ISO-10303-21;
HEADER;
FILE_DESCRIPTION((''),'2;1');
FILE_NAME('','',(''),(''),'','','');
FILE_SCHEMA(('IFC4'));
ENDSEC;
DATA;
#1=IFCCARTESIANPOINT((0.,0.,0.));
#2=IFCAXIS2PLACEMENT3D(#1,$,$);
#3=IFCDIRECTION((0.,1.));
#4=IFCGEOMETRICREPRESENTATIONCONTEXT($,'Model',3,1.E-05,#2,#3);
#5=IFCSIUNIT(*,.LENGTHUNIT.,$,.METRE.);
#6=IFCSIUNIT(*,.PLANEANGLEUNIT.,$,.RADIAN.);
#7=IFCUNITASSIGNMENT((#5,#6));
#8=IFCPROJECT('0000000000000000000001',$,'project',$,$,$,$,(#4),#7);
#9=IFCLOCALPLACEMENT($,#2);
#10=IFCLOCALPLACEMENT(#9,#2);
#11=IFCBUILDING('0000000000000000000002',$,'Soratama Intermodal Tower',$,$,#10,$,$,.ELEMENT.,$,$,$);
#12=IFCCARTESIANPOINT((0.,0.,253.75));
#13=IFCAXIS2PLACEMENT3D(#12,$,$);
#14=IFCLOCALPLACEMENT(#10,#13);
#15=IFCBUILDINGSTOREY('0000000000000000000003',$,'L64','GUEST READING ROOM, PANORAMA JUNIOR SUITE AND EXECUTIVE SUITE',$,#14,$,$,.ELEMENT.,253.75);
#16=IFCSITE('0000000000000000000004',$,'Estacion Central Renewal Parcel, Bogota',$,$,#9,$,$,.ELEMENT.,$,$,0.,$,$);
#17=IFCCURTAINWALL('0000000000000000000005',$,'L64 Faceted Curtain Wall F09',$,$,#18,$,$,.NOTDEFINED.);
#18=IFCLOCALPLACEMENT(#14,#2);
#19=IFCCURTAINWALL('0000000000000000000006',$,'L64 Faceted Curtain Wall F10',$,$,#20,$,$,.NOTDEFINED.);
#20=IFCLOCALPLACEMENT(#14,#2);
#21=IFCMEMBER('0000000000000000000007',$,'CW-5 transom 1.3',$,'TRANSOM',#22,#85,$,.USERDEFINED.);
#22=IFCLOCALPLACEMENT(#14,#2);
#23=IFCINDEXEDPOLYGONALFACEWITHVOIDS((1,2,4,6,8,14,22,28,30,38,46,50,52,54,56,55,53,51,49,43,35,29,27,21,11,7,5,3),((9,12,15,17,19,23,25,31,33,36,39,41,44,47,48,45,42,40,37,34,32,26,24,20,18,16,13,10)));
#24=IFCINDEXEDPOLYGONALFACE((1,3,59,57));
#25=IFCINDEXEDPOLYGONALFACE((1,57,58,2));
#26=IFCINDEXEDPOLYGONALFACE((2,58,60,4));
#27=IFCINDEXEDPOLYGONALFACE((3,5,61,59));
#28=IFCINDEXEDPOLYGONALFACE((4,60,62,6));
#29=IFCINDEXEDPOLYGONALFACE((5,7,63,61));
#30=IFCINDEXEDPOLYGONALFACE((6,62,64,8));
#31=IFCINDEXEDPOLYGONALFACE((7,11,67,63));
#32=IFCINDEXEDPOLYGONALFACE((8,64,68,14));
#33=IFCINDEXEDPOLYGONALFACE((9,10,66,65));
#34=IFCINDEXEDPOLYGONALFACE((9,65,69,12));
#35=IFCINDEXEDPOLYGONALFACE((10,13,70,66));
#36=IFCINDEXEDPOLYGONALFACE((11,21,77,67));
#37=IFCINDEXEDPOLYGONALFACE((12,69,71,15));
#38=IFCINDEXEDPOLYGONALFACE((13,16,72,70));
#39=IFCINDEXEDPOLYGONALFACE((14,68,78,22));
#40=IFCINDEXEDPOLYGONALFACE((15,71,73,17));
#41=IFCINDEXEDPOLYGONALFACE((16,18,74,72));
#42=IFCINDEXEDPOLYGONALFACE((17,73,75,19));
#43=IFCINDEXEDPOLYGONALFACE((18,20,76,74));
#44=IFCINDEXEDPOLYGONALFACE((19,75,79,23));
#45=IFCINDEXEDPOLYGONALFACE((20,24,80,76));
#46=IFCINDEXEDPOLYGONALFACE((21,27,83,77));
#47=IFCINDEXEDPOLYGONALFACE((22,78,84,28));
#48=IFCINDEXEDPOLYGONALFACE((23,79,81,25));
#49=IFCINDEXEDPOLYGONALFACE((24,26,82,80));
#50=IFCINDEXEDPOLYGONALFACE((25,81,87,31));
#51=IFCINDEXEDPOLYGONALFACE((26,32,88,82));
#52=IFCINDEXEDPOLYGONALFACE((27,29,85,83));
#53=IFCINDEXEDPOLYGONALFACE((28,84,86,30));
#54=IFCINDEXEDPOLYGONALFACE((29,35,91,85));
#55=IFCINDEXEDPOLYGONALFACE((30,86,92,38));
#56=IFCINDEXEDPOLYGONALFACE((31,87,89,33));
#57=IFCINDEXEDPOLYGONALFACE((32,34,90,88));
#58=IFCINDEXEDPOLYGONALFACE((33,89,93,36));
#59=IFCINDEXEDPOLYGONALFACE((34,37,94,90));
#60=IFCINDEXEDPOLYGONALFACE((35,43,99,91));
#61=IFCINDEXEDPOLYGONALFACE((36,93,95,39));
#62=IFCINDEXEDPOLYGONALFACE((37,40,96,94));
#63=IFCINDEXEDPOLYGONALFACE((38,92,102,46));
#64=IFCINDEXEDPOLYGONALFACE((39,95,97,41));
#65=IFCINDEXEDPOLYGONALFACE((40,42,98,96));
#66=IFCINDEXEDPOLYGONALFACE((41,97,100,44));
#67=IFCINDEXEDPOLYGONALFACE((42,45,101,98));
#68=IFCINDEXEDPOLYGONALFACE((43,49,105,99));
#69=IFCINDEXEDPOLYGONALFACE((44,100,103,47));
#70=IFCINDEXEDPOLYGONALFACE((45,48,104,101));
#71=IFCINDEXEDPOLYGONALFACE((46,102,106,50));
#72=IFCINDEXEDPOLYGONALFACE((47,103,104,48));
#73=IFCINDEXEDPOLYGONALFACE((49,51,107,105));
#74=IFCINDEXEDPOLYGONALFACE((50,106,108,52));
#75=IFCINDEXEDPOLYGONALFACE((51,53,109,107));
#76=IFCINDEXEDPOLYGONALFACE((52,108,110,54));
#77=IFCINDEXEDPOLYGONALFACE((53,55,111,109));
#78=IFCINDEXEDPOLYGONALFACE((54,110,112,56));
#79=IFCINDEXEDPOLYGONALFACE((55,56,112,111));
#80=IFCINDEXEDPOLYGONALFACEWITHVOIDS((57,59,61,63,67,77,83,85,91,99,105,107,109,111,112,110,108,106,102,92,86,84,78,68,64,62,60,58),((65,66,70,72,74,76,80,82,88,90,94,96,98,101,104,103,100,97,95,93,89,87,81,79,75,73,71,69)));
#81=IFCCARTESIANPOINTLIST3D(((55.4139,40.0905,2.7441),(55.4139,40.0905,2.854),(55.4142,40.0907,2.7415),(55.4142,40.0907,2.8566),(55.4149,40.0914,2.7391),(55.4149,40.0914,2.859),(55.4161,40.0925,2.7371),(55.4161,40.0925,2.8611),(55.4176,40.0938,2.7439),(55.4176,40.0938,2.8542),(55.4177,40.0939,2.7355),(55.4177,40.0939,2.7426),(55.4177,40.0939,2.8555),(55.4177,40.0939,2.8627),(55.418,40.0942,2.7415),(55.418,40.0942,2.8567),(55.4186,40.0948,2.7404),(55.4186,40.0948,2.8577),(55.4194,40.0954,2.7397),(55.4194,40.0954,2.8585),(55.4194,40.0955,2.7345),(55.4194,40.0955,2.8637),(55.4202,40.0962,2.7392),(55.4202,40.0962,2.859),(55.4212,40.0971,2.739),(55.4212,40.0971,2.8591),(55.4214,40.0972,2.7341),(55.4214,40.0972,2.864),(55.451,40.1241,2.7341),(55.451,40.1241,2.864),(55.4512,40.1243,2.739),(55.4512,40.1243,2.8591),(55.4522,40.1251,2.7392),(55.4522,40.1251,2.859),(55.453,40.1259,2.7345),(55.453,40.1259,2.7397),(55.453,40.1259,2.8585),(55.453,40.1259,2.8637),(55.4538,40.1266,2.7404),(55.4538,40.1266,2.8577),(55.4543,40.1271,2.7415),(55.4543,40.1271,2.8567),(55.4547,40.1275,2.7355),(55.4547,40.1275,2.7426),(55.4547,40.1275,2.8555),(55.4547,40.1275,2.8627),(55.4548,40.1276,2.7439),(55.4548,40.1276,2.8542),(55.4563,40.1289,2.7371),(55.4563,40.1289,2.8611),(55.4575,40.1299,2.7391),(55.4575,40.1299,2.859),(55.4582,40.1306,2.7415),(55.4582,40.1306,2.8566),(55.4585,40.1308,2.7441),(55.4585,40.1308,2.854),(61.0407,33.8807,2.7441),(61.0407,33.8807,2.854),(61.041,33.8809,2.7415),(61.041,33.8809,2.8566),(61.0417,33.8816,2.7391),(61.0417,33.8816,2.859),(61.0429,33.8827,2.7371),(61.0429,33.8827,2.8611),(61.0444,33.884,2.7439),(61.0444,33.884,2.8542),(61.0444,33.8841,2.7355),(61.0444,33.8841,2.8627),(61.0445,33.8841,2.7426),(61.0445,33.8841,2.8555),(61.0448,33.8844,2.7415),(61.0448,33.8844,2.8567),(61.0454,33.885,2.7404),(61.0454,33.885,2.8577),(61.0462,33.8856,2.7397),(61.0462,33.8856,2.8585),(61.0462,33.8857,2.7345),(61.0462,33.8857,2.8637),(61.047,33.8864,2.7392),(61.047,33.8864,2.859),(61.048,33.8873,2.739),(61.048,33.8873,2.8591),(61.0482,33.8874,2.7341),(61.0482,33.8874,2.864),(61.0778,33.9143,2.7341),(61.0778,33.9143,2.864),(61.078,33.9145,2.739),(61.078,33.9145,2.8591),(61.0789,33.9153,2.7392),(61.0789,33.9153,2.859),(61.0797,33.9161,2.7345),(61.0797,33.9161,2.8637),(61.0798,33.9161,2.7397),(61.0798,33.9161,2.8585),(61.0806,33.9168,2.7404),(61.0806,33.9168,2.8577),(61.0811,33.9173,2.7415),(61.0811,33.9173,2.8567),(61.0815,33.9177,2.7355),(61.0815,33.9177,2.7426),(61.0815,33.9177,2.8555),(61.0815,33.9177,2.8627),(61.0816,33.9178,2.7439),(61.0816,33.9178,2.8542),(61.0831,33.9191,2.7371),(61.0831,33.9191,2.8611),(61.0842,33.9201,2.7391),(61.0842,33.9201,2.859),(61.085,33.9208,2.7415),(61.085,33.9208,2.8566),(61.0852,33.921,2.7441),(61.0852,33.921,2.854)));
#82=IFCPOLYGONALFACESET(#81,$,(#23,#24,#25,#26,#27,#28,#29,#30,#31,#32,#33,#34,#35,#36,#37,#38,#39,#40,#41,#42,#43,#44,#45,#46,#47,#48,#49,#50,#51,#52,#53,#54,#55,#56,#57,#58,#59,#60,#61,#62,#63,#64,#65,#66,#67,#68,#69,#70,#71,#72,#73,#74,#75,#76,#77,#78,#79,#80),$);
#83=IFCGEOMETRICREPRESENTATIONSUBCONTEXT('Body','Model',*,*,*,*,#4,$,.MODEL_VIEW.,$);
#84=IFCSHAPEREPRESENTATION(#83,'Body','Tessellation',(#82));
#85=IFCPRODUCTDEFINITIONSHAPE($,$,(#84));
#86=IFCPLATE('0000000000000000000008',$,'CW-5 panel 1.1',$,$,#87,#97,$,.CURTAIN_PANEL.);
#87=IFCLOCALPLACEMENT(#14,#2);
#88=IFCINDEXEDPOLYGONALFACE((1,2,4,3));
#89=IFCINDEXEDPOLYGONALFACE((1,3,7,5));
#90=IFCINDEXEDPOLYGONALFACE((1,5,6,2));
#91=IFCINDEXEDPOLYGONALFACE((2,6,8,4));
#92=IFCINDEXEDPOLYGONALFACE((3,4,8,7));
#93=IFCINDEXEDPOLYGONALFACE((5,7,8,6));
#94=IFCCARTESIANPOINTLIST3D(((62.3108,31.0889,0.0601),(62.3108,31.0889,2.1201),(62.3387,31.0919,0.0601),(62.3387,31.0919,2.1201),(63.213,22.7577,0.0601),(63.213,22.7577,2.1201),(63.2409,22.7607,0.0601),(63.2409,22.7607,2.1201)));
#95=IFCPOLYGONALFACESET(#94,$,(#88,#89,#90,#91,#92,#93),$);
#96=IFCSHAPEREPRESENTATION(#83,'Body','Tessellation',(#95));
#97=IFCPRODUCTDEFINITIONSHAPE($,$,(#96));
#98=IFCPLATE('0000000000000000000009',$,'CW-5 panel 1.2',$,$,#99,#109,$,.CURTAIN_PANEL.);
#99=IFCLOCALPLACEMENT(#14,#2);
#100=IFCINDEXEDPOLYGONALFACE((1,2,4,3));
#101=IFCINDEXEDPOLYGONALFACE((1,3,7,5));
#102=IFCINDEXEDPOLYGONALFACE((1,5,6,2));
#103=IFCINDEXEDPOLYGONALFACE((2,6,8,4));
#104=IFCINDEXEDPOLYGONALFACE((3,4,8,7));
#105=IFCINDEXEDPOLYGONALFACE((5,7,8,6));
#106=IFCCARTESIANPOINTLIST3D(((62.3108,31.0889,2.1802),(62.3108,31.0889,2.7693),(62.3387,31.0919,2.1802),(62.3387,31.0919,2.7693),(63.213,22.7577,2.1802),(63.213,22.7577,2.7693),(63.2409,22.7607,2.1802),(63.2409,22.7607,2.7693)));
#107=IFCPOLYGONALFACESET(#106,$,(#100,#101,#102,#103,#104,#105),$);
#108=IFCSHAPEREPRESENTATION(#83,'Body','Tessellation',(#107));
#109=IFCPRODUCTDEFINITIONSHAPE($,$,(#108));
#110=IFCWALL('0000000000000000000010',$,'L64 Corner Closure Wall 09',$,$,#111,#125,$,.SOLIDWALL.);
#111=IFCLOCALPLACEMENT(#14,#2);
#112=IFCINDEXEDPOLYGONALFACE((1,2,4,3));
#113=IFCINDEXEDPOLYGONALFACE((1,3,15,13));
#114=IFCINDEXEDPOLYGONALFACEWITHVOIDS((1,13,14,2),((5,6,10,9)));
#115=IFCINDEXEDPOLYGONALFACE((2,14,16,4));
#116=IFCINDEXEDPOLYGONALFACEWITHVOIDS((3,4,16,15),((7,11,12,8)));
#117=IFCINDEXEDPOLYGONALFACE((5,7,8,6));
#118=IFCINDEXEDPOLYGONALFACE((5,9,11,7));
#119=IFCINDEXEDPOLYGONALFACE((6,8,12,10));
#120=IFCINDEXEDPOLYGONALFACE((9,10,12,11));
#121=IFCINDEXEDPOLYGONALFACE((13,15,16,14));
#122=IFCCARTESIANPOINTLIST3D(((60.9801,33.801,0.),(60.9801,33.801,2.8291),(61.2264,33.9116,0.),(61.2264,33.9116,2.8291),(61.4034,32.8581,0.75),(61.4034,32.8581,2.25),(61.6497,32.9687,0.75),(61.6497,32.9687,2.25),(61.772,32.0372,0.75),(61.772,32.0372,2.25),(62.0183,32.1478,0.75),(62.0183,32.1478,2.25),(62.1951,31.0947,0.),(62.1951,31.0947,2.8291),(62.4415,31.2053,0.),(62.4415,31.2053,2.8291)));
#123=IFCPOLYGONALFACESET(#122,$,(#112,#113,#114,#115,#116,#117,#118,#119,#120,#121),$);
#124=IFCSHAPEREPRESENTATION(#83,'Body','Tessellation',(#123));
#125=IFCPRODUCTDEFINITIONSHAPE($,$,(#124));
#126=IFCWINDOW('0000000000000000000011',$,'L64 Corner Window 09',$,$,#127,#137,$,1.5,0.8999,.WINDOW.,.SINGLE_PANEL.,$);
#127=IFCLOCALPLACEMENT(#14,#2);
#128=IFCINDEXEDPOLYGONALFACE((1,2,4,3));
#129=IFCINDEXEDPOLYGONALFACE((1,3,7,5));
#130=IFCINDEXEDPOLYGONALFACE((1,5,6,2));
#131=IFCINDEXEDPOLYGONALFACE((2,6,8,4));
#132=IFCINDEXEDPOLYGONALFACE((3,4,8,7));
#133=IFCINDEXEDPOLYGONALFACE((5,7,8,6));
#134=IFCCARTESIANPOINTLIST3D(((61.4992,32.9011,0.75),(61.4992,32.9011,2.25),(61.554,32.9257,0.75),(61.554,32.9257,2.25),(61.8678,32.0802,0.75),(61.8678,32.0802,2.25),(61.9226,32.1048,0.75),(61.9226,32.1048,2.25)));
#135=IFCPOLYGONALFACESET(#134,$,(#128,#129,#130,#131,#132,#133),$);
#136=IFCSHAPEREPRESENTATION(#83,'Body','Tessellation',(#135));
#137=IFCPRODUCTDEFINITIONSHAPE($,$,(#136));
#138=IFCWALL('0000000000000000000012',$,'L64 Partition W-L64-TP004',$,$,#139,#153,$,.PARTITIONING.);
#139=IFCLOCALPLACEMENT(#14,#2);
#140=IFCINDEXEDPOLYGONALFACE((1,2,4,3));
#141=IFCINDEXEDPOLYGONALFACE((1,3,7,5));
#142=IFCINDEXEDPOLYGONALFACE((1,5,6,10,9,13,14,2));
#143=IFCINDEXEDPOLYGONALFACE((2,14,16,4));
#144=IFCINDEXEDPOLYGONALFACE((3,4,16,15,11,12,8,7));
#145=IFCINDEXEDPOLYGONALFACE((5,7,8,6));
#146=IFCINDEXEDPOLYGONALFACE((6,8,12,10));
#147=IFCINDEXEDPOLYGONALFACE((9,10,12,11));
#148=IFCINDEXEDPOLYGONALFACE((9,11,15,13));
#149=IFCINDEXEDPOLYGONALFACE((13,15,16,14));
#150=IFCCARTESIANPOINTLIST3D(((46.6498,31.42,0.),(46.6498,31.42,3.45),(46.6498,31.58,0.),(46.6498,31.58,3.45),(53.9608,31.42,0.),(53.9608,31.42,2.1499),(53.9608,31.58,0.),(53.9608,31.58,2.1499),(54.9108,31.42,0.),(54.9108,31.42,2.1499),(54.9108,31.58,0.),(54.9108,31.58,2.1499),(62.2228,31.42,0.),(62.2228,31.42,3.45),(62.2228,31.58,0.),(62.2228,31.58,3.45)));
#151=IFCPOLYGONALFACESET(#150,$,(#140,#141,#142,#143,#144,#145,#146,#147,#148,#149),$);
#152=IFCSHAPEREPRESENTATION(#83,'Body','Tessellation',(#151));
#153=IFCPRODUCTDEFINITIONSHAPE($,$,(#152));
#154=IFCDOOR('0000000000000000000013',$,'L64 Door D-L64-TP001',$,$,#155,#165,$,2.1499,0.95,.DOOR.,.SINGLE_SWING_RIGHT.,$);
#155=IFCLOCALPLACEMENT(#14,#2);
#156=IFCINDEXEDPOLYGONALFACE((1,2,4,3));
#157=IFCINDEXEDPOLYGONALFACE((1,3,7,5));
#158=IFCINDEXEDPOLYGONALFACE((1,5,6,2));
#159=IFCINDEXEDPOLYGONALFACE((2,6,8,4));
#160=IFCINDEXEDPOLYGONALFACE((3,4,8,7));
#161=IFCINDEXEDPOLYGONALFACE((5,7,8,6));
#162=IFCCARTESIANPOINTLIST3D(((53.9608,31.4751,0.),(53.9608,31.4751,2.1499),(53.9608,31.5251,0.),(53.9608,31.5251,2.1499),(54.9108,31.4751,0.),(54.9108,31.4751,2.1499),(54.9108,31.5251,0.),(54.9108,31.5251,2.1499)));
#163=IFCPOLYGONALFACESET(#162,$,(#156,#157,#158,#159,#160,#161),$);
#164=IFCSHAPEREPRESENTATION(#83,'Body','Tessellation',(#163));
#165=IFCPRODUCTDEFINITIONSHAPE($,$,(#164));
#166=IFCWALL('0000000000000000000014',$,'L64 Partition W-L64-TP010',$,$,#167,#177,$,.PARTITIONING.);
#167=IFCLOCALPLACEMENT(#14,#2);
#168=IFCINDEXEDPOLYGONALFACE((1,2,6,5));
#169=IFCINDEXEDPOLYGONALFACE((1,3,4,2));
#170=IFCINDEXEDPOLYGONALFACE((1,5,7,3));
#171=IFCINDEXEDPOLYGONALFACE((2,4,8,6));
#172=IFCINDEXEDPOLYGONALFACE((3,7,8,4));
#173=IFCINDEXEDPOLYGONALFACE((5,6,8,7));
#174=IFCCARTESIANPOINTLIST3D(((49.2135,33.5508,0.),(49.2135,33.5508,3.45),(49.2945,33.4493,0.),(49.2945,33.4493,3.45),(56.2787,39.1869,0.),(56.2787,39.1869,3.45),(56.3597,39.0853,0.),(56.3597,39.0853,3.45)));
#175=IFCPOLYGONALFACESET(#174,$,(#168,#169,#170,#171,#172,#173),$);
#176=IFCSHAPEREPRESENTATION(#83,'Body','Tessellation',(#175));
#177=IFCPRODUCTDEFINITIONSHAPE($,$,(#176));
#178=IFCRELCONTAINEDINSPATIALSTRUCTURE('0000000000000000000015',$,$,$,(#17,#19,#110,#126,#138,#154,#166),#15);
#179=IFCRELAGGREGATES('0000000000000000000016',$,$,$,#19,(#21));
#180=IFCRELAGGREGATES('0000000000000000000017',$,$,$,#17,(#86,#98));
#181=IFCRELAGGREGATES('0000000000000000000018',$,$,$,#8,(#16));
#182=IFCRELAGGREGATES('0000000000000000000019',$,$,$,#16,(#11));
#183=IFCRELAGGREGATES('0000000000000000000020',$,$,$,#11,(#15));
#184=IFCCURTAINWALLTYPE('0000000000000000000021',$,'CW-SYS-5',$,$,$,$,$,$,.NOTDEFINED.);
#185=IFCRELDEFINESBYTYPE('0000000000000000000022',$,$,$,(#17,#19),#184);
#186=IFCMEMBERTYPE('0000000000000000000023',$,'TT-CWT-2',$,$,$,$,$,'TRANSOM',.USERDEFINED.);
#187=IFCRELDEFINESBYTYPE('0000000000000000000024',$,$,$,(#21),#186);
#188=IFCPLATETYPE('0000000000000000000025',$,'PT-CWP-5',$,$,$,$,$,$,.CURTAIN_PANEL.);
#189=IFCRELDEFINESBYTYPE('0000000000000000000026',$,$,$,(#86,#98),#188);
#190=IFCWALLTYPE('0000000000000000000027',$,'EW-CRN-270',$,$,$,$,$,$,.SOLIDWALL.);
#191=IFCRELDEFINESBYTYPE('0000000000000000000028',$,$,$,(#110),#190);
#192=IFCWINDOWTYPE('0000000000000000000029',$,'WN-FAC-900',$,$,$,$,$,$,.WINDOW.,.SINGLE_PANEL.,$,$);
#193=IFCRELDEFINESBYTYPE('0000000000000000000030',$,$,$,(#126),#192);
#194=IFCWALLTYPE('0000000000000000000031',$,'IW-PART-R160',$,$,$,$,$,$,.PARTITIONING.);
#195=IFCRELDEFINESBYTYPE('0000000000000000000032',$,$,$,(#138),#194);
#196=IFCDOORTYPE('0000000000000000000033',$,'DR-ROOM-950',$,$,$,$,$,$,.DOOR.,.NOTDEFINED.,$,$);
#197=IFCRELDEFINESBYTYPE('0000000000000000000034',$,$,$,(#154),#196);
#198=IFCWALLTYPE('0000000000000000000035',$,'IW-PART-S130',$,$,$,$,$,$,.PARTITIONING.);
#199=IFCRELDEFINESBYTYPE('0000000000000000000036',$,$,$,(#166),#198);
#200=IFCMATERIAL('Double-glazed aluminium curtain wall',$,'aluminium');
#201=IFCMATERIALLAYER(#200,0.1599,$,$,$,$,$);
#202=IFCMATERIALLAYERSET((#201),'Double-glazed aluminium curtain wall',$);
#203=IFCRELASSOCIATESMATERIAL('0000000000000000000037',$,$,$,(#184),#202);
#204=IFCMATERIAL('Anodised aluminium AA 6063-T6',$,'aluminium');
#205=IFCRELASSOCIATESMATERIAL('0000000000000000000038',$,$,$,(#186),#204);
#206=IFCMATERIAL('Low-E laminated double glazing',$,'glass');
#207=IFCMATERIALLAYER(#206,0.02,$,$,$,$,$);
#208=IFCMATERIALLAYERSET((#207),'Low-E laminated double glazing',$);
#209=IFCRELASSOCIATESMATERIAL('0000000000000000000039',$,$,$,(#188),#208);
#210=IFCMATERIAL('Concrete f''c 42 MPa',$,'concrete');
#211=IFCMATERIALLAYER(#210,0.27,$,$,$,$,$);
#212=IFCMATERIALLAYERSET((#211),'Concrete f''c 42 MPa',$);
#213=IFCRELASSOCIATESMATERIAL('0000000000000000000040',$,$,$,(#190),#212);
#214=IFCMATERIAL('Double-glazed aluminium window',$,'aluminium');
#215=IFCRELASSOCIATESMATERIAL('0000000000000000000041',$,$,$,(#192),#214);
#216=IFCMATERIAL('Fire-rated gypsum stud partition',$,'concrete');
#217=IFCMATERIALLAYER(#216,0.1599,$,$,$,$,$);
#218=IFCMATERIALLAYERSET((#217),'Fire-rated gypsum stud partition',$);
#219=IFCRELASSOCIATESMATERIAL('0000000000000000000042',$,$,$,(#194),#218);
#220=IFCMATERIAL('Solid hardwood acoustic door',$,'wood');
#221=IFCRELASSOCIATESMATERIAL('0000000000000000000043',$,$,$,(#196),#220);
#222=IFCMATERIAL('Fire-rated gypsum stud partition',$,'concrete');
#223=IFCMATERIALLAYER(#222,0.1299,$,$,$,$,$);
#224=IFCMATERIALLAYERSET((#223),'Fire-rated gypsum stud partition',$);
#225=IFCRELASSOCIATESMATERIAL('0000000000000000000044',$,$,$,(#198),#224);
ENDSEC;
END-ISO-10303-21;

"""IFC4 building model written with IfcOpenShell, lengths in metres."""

from ifc_helpers import new_model, si_unit, direction, frame, frame_2d, origin, origin_2d, place, context, subcontext, project, spatial, rectangle, hollow_rectangle, extrude, material, layer, layer_set, material_profile, profile_set, type_object, element, fill, aggregate, save


model = new_model("IFC4")

# Units and contexts
model_context = context("Model", 3, precision=1e-05, world=origin(), true_north=direction((0.0, 1.0)))
body_context = subcontext(model_context, "Body", "Model", "MODEL_VIEW")
ifc_project = project(units=[si_unit("LENGTHUNIT", "METRE"), si_unit("PLANEANGLEUNIT", "RADIAN")], contexts=[model_context])

# Site, building, storey
site_placement = place(None, origin())
site = spatial("IfcSite", under=ifc_project, at=site_placement, Name="Estacion Central Renewal Parcel, Bogota", CompositionType="ELEMENT", RefElevation=0.0)
building_placement = place(site_placement, origin())
building = spatial("IfcBuilding", under=site, at=building_placement, Name="Soratama Intermodal Tower", CompositionType="ELEMENT")
storey_placement = place(building_placement, frame((0.0, 0.0, 253.75)))
storey = spatial("IfcBuildingStorey", under=building, at=storey_placement, Name="L64", Description="GUEST READING ROOM, PANORAMA JUNIOR SUITE AND EXECUTIVE SUITE", CompositionType="ELEMENT", Elevation=253.75)

# Curtain wall
ifc_material_1 = material(Name="Double-glazed aluminium curtain wall", Category="aluminium")
ifc_layer_1 = layer(ifc_material_1, 0.1599)
ifc_layer_set_1 = layer_set([ifc_layer_1], Name="Double-glazed aluminium curtain wall")
curtain_wall_type = type_object("IfcCurtainWallType", Name="CW-SYS-5", PredefinedType="NOTDEFINED", material=ifc_layer_set_1)
curtain_wall_1_placement = place(storey_placement, origin())
curtain_wall_1 = element("IfcCurtainWall", 1, at=curtain_wall_1_placement, inside=storey, type_object=curtain_wall_type, Name="L64 Faceted Curtain Wall F09", PredefinedType="NOTDEFINED")

# Curtain wall, member
curtain_wall_2_placement = place(storey_placement, origin())
curtain_wall_2 = element("IfcCurtainWall", 2, at=curtain_wall_2_placement, inside=storey, type_object=curtain_wall_type, Name="L64 Faceted Curtain Wall F10", PredefinedType="NOTDEFINED")
ifc_material_2 = material(Name="Anodised aluminium AA 6063-T6", Category="aluminium")
ifc_material_profile_1 = material_profile(ifc_material_2, hollow_rectangle(XDim=0.0601, YDim=0.1299, WallThickness=0.0049, InnerFilletRadius=0.0049, OuterFilletRadius=0.01, at=origin_2d()), Name="CWT130X60X5")
ifc_profile_set_1 = profile_set([ifc_material_profile_1], Name="Anodised aluminium AA 6063-T6")
member_type_1 = type_object("IfcMemberType", Name="TT-CWT-2", ElementType="TRANSOM", PredefinedType="USERDEFINED", material=ifc_profile_set_1)
member_1_placement = place(storey_placement, frame((61.063, 33.9009, 2.7991), z_axis=(-0.671464, 0.741037, 0.0), x_axis=(-0.741037, -0.671464, 0.0)))
member_1 = element("IfcMember", 3, at=member_1_placement, type_object=member_type_1, Name="CW-5 transom 1.3", ObjectType="TRANSOM", PredefinedType="USERDEFINED", context=body_context, shape_type="SweptSolid", body=[
    extrude(hollow_rectangle(XDim=0.0601, YDim=0.1299, WallThickness=0.0049, InnerFilletRadius=0.0049, OuterFilletRadius=0.01, at=origin_2d()), origin(), (0.0, 0.0, 1.0), 8.3799),
])
aggregate(curtain_wall_2, [member_1])

# Plates
ifc_material_3 = material(Name="Low-E laminated double glazing", Category="glass")
ifc_layer_2 = layer(ifc_material_3, 0.02)
ifc_layer_set_2 = layer_set([ifc_layer_2], Name="Low-E laminated double glazing")
plate_type = type_object("IfcPlateType", Name="PT-CWP-5", PredefinedType="CURTAIN_PANEL", material=ifc_layer_set_2)
plate_1_placement = place(storey_placement, frame((62.7759, 26.9248, 0.0601), z_axis=(0.0, 0.0, 1.0), x_axis=(-0.107661, 0.994188, 0.0)))
plate_1 = element("IfcPlate", 4, at=plate_1_placement, type_object=plate_type, Name="CW-5 panel 1.1", PredefinedType="CURTAIN_PANEL", context=body_context, shape_type="SweptSolid", body=[
    extrude(rectangle(XDim=8.3799, YDim=0.0281, at=origin_2d()), origin(), (0.0, 0.0, 1.0), 2.0601),
])
plate_2_placement = place(storey_placement, frame((62.7759, 26.9248, 2.1802), z_axis=(0.0, 0.0, 1.0), x_axis=(-0.107661, 0.994188, 0.0)))
plate_2 = element("IfcPlate", 5, at=plate_2_placement, type_object=plate_type, Name="CW-5 panel 1.2", PredefinedType="CURTAIN_PANEL", context=body_context, shape_type="SweptSolid", body=[
    extrude(rectangle(XDim=8.3799, YDim=0.0281, at=origin_2d()), origin(), (0.0, 0.0, 1.0), 0.5891),
])
aggregate(curtain_wall_1, [plate_1, plate_2])

# Wall, opening, window
ifc_material_4 = material(Name="Concrete f'c 42 MPa", Category="concrete")
ifc_layer_3 = layer(ifc_material_4, 0.27)
ifc_layer_set_3 = layer_set([ifc_layer_3], Name="Concrete f'c 42 MPa")
wall_type_1 = type_object("IfcWallType", Name="EW-CRN-270", PredefinedType="SOLIDWALL", material=ifc_layer_set_3)
wall_1_placement = place(storey_placement, frame((62.3184, 31.1499, 0.0), z_axis=(0.0, 0.0, 1.0), x_axis=(-0.409595, 0.912268, 0.0)))
wall_1 = element("IfcWall", 6, at=wall_1_placement, inside=storey, type_object=wall_type_1, Name="L64 Corner Closure Wall 09", PredefinedType="SOLIDWALL", context=body_context, shape_type="SweptSolid", body=[
    extrude(rectangle(XDim=2.9666, YDim=0.27, at=frame_2d((1.4834, 0.0))), origin(), (0.0, 0.0, 1.0), 2.8291),
])
opening_1_placement = place(wall_1_placement, frame((1.0332, 0.0, 0.75)))
opening_1 = element("IfcOpeningElement", 7, at=opening_1_placement, cuts=wall_1, PredefinedType="OPENING", context=body_context, shape_type="SweptSolid", body=[
    extrude(rectangle(XDim=0.8999, YDim=1.5, at=frame_2d((0.45, 0.75))), frame((0.0, 0.145, 0.0), z_axis=(0.0, -1.0, 0.0), x_axis=(1.0, 0.0, 0.0)), (0.0, 0.0, 1.0), 0.29),
])
ifc_material_5 = material(Name="Double-glazed aluminium window", Category="aluminium")
window_type = type_object("IfcWindowType", Name="WN-FAC-900", PartitioningType="SINGLE_PANEL", PredefinedType="WINDOW", material=ifc_material_5)
window_placement = place(opening_1_placement, origin())
window = element("IfcWindow", 8, at=window_placement, inside=storey, type_object=window_type, Name="L64 Corner Window 09", OverallHeight=1.5, OverallWidth=0.8999, PartitioningType="SINGLE_PANEL", PredefinedType="WINDOW", context=body_context, shape_type="SweptSolid", body=[
    extrude(rectangle(XDim=0.8999, YDim=1.5, at=frame_2d((0.45, 0.75))), frame((0.0, 0.03, 0.0), z_axis=(0.0, -1.0, 0.0), x_axis=(1.0, 0.0, 0.0)), (0.0, 0.0, 1.0), 0.0601),
])
fill(opening_1, window)

# Wall, opening, door
ifc_material_6 = material(Name="Fire-rated gypsum stud partition", Category="concrete")
ifc_layer_4 = layer(ifc_material_6, 0.1599)
ifc_layer_set_4 = layer_set([ifc_layer_4], Name="Fire-rated gypsum stud partition")
wall_type_2 = type_object("IfcWallType", Name="IW-PART-R160", PredefinedType="PARTITIONING", material=ifc_layer_set_4)
wall_2_placement = place(storey_placement, frame((62.2229, 31.5, 0.0), z_axis=(0.0, 0.0, 1.0), x_axis=(-1.0, 0.0, 0.0)))
wall_2 = element("IfcWall", 9, at=wall_2_placement, inside=storey, type_object=wall_type_2, Name="L64 Partition W-L64-TP004", PredefinedType="PARTITIONING", context=body_context, shape_type="SweptSolid", body=[
    extrude(rectangle(XDim=15.573, YDim=0.1599, at=frame_2d((7.7866, 0.0))), origin(), (0.0, 0.0, 1.0), 3.45),
])
opening_2_placement = place(wall_2_placement, frame((7.312, 0.0, 0.0)))
opening_2 = element("IfcOpeningElement", 10, at=opening_2_placement, cuts=wall_2, PredefinedType="OPENING", context=body_context, shape_type="SweptSolid", body=[
    extrude(rectangle(XDim=0.95, YDim=2.1499, at=frame_2d((0.4751, 1.075))), frame((0.0, 0.0898, 0.0), z_axis=(0.0, -1.0, 0.0), x_axis=(1.0, 0.0, 0.0)), (0.0, 0.0, 1.0), 0.1799),
])
ifc_material_7 = material(Name="Solid hardwood acoustic door", Category="wood")
door_type = type_object("IfcDoorType", Name="DR-ROOM-950", OperationType="NOTDEFINED", PredefinedType="DOOR", material=ifc_material_7)
door_placement = place(opening_2_placement, origin())
door = element("IfcDoor", 11, at=door_placement, inside=storey, type_object=door_type, Name="L64 Door D-L64-TP001", OperationType="SINGLE_SWING_RIGHT", OverallHeight=2.1499, OverallWidth=0.95, PredefinedType="DOOR", context=body_context, shape_type="SweptSolid", body=[
    extrude(rectangle(XDim=0.95, YDim=2.1499, at=frame_2d((0.4751, 1.075))), frame((0.0, 0.0249, 0.0), z_axis=(0.0, -1.0, 0.0), x_axis=(1.0, 0.0, 0.0)), (0.0, 0.0, 1.0), 0.05),
])
fill(opening_2, door)

# Wall
ifc_material_8 = material(Name="Fire-rated gypsum stud partition", Category="concrete")
ifc_layer_5 = layer(ifc_material_8, 0.1299)
ifc_layer_set_5 = layer_set([ifc_layer_5], Name="Fire-rated gypsum stud partition")
wall_type_3 = type_object("IfcWallType", Name="IW-PART-S130", PredefinedType="PARTITIONING", material=ifc_layer_set_5)
wall_3_placement = place(storey_placement, frame((49.2539, 33.5, 0.0), z_axis=(0.0, 0.0, 1.0), x_axis=(0.78174, 0.623604, 0.0)))
element("IfcWall", 12, at=wall_3_placement, inside=storey, type_object=wall_type_3, Name="L64 Partition W-L64-TP010", PredefinedType="PARTITIONING", context=body_context, shape_type="SweptSolid", body=[
    extrude(rectangle(XDim=9.0378, YDim=0.1299, at=frame_2d((4.519, 0.0))), origin(), (0.0, 0.0, 1.0), 3.45),
])

save(model, "model.ifc")
